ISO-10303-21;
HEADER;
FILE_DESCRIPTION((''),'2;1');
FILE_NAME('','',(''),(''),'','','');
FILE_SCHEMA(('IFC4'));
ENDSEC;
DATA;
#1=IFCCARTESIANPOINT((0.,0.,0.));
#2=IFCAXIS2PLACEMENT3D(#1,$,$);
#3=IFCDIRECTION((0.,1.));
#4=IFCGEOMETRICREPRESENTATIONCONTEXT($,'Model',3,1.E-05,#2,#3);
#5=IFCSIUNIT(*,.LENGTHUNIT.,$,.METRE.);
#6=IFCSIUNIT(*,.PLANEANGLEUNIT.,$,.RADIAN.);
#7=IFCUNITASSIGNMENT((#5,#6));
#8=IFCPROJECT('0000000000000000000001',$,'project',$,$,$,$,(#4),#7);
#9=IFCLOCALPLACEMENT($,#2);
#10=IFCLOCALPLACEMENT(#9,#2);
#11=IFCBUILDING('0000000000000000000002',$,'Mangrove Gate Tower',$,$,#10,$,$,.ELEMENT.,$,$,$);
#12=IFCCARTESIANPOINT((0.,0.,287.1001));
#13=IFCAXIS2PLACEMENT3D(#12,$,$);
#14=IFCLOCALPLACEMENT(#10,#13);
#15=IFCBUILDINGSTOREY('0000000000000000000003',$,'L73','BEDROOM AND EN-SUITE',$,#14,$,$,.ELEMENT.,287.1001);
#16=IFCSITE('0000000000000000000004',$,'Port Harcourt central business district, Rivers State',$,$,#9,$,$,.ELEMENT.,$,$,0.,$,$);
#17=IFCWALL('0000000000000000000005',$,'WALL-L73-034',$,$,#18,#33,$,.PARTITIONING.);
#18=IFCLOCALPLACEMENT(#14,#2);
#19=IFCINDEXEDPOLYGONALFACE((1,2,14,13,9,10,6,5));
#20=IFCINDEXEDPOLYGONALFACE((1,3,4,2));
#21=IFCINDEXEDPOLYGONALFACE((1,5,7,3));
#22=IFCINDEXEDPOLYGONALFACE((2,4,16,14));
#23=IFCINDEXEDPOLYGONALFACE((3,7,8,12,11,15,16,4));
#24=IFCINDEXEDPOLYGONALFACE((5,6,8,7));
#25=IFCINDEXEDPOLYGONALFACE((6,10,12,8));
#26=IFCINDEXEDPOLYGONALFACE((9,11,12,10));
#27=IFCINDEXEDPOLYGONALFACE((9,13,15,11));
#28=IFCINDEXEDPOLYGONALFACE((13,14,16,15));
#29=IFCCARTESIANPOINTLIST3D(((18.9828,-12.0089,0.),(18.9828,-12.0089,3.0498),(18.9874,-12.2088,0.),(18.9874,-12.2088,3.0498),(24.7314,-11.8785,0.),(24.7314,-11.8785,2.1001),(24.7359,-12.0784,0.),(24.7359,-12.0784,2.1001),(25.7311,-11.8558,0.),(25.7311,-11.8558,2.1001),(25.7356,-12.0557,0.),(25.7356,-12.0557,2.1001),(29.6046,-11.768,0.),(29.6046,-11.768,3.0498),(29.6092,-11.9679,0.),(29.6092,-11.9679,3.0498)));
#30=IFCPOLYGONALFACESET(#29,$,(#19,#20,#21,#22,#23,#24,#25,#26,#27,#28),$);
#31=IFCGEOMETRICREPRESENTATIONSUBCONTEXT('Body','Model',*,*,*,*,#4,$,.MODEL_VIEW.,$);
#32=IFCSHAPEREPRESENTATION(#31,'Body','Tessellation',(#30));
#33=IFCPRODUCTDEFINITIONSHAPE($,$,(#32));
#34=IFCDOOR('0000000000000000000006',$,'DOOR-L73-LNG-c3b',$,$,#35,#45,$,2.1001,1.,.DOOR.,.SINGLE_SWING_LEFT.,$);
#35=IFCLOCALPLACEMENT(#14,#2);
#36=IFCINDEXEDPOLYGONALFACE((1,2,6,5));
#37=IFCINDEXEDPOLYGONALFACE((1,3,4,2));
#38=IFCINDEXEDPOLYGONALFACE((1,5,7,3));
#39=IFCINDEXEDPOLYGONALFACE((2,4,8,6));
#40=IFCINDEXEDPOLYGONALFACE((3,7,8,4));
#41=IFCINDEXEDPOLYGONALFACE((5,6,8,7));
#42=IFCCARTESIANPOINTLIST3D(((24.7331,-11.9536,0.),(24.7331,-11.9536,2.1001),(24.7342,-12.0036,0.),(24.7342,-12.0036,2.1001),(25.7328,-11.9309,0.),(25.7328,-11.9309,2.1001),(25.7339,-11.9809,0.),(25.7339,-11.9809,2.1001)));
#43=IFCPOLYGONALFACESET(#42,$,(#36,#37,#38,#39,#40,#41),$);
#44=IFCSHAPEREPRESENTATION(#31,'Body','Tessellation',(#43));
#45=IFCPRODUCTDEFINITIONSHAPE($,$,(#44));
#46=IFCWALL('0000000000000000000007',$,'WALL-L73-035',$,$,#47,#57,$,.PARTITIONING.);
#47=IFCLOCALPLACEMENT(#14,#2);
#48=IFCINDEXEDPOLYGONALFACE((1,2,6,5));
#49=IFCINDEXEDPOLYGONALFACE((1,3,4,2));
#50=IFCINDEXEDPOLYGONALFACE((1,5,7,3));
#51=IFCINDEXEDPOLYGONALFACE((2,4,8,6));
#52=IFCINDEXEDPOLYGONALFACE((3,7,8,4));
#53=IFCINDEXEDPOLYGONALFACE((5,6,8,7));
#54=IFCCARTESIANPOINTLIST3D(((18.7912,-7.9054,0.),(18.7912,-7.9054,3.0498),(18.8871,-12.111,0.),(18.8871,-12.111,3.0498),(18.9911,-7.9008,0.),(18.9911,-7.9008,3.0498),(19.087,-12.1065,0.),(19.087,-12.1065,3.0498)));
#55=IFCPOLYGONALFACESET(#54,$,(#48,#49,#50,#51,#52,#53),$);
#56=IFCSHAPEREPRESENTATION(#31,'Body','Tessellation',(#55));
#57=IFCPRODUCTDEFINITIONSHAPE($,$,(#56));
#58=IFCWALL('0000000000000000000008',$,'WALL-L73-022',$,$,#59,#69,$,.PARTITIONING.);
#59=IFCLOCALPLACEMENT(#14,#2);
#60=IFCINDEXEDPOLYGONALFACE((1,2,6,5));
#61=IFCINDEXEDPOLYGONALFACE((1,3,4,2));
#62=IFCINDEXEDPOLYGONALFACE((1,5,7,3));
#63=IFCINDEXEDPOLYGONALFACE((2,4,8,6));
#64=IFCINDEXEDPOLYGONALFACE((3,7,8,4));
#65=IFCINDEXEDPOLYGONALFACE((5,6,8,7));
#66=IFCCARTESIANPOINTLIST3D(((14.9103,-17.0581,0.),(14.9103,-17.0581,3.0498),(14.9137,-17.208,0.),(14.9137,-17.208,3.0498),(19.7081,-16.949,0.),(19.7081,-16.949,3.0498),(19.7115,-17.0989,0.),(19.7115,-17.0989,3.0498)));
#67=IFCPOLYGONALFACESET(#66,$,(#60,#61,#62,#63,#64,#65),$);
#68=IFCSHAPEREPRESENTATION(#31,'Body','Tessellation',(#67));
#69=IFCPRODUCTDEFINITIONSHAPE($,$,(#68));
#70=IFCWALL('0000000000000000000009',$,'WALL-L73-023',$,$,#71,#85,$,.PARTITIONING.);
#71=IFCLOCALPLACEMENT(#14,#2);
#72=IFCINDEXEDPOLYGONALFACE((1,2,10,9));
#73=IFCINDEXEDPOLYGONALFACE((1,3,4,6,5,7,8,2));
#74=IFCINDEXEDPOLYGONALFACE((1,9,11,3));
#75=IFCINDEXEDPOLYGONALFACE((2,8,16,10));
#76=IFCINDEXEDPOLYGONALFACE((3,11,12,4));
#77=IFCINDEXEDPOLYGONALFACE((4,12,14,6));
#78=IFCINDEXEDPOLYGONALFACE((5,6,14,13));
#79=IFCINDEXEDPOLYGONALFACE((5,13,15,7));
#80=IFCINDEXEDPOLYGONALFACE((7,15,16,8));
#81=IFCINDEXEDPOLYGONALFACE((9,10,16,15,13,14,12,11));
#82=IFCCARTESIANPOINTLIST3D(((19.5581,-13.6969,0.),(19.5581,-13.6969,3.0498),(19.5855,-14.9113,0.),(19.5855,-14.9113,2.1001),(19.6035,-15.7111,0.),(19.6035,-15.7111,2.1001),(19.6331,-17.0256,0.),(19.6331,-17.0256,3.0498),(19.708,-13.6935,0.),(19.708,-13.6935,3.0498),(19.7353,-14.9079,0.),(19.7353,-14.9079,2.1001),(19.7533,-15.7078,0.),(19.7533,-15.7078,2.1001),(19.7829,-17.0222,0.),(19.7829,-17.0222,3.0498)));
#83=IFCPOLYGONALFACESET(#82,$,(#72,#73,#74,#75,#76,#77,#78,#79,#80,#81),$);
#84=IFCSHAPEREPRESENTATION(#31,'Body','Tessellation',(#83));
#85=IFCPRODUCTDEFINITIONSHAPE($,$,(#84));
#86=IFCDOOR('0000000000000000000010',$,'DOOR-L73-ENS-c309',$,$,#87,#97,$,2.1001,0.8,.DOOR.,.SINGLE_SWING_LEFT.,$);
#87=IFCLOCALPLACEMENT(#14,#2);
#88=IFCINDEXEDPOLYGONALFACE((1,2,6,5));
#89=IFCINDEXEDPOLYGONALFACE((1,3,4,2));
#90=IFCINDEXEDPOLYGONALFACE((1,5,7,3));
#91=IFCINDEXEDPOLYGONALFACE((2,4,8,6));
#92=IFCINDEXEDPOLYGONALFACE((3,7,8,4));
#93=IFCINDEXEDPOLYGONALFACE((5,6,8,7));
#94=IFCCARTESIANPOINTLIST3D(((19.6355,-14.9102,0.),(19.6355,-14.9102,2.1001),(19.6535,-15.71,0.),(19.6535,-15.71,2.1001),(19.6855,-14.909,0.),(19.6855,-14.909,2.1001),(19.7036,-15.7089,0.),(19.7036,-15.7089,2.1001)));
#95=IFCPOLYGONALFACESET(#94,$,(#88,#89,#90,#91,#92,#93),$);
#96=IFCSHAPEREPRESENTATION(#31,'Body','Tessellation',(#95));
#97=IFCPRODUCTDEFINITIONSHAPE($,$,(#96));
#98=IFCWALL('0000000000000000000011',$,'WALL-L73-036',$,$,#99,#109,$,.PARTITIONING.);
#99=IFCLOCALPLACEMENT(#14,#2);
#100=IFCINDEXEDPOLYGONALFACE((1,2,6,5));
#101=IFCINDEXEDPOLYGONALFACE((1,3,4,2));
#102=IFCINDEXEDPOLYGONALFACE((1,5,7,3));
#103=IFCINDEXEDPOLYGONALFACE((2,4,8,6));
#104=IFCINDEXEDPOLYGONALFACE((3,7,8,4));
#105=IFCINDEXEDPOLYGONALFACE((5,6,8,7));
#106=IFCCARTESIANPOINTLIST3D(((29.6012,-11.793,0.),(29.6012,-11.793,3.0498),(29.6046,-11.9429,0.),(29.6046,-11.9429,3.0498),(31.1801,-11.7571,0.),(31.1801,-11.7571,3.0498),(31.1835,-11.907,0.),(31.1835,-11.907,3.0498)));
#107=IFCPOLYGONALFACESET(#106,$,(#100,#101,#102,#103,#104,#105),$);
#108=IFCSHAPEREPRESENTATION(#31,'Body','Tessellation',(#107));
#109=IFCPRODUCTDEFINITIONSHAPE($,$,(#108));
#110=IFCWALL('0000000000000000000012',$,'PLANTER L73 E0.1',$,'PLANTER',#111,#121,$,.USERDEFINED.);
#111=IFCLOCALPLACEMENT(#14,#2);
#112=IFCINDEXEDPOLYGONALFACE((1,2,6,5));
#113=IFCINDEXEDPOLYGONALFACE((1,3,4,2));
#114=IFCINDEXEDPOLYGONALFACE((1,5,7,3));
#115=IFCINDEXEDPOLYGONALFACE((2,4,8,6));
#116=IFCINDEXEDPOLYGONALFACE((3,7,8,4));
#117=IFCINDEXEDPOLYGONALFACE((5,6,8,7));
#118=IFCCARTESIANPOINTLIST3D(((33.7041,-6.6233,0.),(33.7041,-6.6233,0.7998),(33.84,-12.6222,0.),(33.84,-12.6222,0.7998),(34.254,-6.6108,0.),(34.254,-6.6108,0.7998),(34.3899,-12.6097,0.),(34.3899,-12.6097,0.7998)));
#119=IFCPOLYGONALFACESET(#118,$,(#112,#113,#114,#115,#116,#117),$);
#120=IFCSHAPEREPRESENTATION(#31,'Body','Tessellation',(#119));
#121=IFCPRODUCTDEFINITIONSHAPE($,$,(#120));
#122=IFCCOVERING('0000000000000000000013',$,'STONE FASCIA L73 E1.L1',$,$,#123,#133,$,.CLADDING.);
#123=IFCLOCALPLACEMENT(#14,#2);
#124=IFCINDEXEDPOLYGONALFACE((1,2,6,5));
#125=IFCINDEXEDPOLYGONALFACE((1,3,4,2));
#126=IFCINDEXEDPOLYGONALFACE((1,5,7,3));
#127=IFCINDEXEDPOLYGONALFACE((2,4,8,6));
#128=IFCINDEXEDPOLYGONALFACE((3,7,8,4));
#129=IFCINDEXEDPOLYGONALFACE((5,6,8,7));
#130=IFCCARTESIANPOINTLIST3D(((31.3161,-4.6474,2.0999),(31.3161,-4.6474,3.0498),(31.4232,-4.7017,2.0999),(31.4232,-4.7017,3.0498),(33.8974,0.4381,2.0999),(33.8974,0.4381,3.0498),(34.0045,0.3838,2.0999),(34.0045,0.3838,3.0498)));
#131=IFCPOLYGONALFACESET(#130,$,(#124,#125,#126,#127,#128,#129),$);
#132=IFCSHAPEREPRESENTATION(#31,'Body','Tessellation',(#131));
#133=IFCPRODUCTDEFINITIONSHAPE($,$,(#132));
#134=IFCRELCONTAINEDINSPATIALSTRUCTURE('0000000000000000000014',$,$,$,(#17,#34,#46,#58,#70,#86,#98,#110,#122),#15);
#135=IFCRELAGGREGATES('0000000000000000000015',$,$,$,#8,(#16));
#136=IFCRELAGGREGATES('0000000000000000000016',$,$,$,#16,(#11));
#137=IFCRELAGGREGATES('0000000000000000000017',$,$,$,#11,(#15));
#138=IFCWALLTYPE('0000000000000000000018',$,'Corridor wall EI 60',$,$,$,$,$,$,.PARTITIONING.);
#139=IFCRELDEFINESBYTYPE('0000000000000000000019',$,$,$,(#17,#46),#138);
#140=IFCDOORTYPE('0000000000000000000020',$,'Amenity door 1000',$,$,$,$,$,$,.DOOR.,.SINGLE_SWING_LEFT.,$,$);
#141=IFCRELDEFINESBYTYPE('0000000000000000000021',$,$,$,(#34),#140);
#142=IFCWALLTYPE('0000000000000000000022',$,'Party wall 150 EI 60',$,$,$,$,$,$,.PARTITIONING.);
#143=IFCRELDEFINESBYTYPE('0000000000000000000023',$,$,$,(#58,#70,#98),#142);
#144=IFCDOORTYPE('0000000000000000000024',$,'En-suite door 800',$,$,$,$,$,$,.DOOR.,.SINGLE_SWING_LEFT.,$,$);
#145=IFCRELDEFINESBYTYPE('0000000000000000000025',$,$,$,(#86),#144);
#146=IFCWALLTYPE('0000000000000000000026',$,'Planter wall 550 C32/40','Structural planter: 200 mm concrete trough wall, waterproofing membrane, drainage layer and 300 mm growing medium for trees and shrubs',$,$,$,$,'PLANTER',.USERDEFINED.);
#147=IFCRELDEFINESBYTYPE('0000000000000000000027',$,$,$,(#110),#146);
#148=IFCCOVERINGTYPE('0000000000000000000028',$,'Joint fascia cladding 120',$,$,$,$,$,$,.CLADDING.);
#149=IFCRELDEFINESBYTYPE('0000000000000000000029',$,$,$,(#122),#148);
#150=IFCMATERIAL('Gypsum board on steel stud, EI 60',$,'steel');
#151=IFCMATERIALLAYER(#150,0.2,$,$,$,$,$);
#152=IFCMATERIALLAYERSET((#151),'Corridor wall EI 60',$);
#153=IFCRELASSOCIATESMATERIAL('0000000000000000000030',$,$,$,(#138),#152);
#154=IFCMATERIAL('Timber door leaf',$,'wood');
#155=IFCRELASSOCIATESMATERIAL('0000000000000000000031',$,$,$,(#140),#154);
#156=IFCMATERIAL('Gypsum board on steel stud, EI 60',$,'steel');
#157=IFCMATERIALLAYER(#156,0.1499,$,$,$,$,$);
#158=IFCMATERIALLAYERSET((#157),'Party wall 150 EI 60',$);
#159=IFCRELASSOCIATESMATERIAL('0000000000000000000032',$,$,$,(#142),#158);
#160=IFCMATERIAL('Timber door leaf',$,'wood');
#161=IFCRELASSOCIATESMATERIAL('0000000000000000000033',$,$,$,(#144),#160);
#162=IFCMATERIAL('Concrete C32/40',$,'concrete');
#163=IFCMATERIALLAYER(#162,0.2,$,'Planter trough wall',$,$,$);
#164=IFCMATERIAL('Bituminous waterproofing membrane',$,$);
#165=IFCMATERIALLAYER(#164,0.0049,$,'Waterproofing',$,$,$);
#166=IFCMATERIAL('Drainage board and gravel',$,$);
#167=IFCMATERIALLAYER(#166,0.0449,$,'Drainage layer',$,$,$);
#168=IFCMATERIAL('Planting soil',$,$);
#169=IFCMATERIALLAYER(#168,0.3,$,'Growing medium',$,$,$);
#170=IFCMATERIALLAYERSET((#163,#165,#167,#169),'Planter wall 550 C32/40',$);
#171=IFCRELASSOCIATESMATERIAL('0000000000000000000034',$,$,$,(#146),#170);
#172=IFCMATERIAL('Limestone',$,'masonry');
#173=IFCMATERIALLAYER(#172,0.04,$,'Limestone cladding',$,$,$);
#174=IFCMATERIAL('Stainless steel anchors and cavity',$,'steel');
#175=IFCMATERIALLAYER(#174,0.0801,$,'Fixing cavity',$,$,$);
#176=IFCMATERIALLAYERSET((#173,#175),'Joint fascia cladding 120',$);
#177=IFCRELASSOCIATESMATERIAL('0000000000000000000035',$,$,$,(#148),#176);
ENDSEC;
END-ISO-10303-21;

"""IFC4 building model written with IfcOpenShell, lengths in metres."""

from ifc_helpers import new_model, si_unit, direction, frame, frame_2d, origin, place, context, subcontext, project, spatial, rectangle, extrude, material, layer, layer_set, type_object, element, fill, save


model = new_model("IFC4")

# Units and contexts
model_context = context("Model", 3, precision=1e-05, world=origin(), true_north=direction((0.0, 1.0)))
body_context = subcontext(model_context, "Body", "Model", "MODEL_VIEW")
ifc_project = project(units=[si_unit("LENGTHUNIT", "METRE"), si_unit("PLANEANGLEUNIT", "RADIAN")], contexts=[model_context])

# Site, building, storey
site_placement = place(None, origin())
site = spatial("IfcSite", under=ifc_project, at=site_placement, Name="Port Harcourt central business district, Rivers State", CompositionType="ELEMENT", RefElevation=0.0)
building_placement = place(site_placement, origin())
building = spatial("IfcBuilding", under=site, at=building_placement, Name="Mangrove Gate Tower", CompositionType="ELEMENT")
storey_placement = place(building_placement, frame((0.0, 0.0, 287.1001)))
storey = spatial("IfcBuildingStorey", under=building, at=storey_placement, Name="L73", Description="BEDROOM AND EN-SUITE", CompositionType="ELEMENT", Elevation=287.1001)

# Shared definitions
ifc_material_1 = material(Name="Gypsum board on steel stud, EI 60", Category="steel")
ifc_layer_1 = layer(ifc_material_1, 0.2)
ifc_layer_set_1 = layer_set([ifc_layer_1], Name="Corridor wall EI 60")
wall_type_1 = type_object("IfcWallType", Name="Corridor wall EI 60", PredefinedType="PARTITIONING", material=ifc_layer_set_1)

# Wall, opening, door
wall_1_placement = place(storey_placement, frame((18.9851, -12.1089, 0.0), z_axis=(0.0, 0.0, 1.0), x_axis=(0.999743, 0.02268, 0.0)))
wall_1 = element("IfcWall", 1, at=wall_1_placement, inside=storey, type_object=wall_type_1, Name="WALL-L73-034", PredefinedType="PARTITIONING", context=body_context, shape_type="SweptSolid", body=[
    extrude(rectangle(XDim=10.6245, YDim=0.2, at=frame_2d((5.3123, 0.0))), origin(), (0.0, 0.0, 1.0), 3.0498),
])
opening_1_placement = place(wall_1_placement, frame((5.75, 0.0, 0.0)))
opening_1 = element("IfcOpeningElement", 2, at=opening_1_placement, cuts=wall_1, PredefinedType="OPENING", context=body_context, shape_type="SweptSolid", body=[
    extrude(rectangle(XDim=1.0, YDim=2.1001, at=frame_2d((0.5, 1.05))), frame((0.0, 0.1099, 0.0), z_axis=(0.0, -1.0, 0.0), x_axis=(1.0, 0.0, 0.0)), (0.0, 0.0, 1.0), 0.22),
])
ifc_material_2 = material(Name="Timber door leaf", Category="wood")
door_type_1 = type_object("IfcDoorType", Name="Amenity door 1000", OperationType="SINGLE_SWING_LEFT", PredefinedType="DOOR", material=ifc_material_2)
door_1_placement = place(opening_1_placement, origin())
door_1 = element("IfcDoor", 3, at=door_1_placement, inside=storey, type_object=door_type_1, Name="DOOR-L73-LNG-c3b", OperationType="SINGLE_SWING_LEFT", OverallHeight=2.1001, OverallWidth=1.0, PredefinedType="DOOR", context=body_context, shape_type="SweptSolid", body=[
    extrude(rectangle(XDim=1.0, YDim=2.1001, at=frame_2d((0.5, 1.05))), frame((0.0, 0.0249, 0.0), z_axis=(0.0, -1.0, 0.0), x_axis=(1.0, 0.0, 0.0)), (0.0, 0.0, 1.0), 0.05),
])
fill(opening_1, door_1)

# Walls
wall_2_placement = place(storey_placement, frame((18.9871, -12.1089, 0.0), z_axis=(0.0, 0.0, 1.0), x_axis=(-0.022807, 0.99974, 0.0)))
element("IfcWall", 4, at=wall_2_placement, inside=storey, type_object=wall_type_1, Name="WALL-L73-035", PredefinedType="PARTITIONING", context=body_context, shape_type="SweptSolid", body=[
    extrude(rectangle(XDim=4.2068, YDim=0.2, at=frame_2d((2.1035, 0.0))), origin(), (0.0, 0.0, 1.0), 3.0498),
])
ifc_material_3 = material(Name="Gypsum board on steel stud, EI 60", Category="steel")
ifc_layer_2 = layer(ifc_material_3, 0.1499)
ifc_layer_set_2 = layer_set([ifc_layer_2], Name="Party wall 150 EI 60")
wall_type_2 = type_object("IfcWallType", Name="Party wall 150 EI 60", PredefinedType="PARTITIONING", material=ifc_layer_set_2)
wall_3_placement = place(storey_placement, frame((14.9121, -17.1331, 0.0), z_axis=(0.0, 0.0, 1.0), x_axis=(0.999741, 0.02274, 0.0)))
element("IfcWall", 5, at=wall_3_placement, inside=storey, type_object=wall_type_2, Name="WALL-L73-022", PredefinedType="PARTITIONING", context=body_context, shape_type="SweptSolid", body=[
    extrude(rectangle(XDim=4.7991, YDim=0.1499, at=frame_2d((2.3994, 0.0))), origin(), (0.0, 0.0, 1.0), 3.0498),
])

# Wall, opening, door
wall_4_placement = place(storey_placement, frame((19.708, -17.0239, 0.0), z_axis=(0.0, 0.0, 1.0), x_axis=(-0.02251, 0.999747, 0.0)))
wall_4 = element("IfcWall", 6, at=wall_4_placement, inside=storey, type_object=wall_type_2, Name="WALL-L73-023", PredefinedType="PARTITIONING", context=body_context, shape_type="SweptSolid", body=[
    extrude(rectangle(XDim=3.3296, YDim=0.1499, at=frame_2d((1.6648, 0.0))), origin(), (0.0, 0.0, 1.0), 3.0498),
])
opening_2_placement = place(wall_4_placement, frame((1.3149, 0.0, 0.0)))
opening_2 = element("IfcOpeningElement", 7, at=opening_2_placement, cuts=wall_4, PredefinedType="OPENING", context=body_context, shape_type="SweptSolid", body=[
    extrude(rectangle(XDim=0.8, YDim=2.1001, at=frame_2d((0.3999, 1.05))), frame((0.0, 0.085, 0.0), z_axis=(0.0, -1.0, 0.0), x_axis=(1.0, 0.0, 0.0)), (0.0, 0.0, 1.0), 0.1699),
])
ifc_material_4 = material(Name="Timber door leaf", Category="wood")
door_type_2 = type_object("IfcDoorType", Name="En-suite door 800", OperationType="SINGLE_SWING_LEFT", PredefinedType="DOOR", material=ifc_material_4)
door_2_placement = place(opening_2_placement, origin())
door_2 = element("IfcDoor", 8, at=door_2_placement, inside=storey, type_object=door_type_2, Name="DOOR-L73-ENS-c309", OperationType="SINGLE_SWING_LEFT", OverallHeight=2.1001, OverallWidth=0.8, PredefinedType="DOOR", context=body_context, shape_type="SweptSolid", body=[
    extrude(rectangle(XDim=0.8, YDim=2.1001, at=frame_2d((0.3999, 1.05))), frame((0.0, 0.0249, 0.0), z_axis=(0.0, -1.0, 0.0), x_axis=(1.0, 0.0, 0.0)), (0.0, 0.0, 1.0), 0.05),
])
fill(opening_2, door_2)

# Walls
wall_5_placement = place(storey_placement, frame((29.603, -11.8679, 0.0), z_axis=(0.0, 0.0, 1.0), x_axis=(0.999742, 0.022725, 0.0)))
element("IfcWall", 9, at=wall_5_placement, inside=storey, type_object=wall_type_2, Name="WALL-L73-036", PredefinedType="PARTITIONING", context=body_context, shape_type="SweptSolid", body=[
    extrude(rectangle(XDim=1.5793, YDim=0.1499, at=frame_2d((0.7896, 0.0))), origin(), (0.0, 0.0, 1.0), 3.0498),
])
ifc_material_5 = material(Name="Concrete C32/40", Category="concrete")
ifc_layer_3 = layer(ifc_material_5, 0.2, Name="Planter trough wall")
ifc_material_6 = material(Name="Bituminous waterproofing membrane")
ifc_layer_4 = layer(ifc_material_6, 0.0049, Name="Waterproofing")
ifc_material_7 = material(Name="Drainage board and gravel")
ifc_layer_5 = layer(ifc_material_7, 0.0449, Name="Drainage layer")
ifc_material_8 = material(Name="Planting soil")
ifc_layer_6 = layer(ifc_material_8, 0.3, Name="Growing medium")
ifc_layer_set_3 = layer_set([ifc_layer_3, ifc_layer_4, ifc_layer_5, ifc_layer_6], Name="Planter wall 550 C32/40")
wall_type_3 = type_object("IfcWallType", Name="Planter wall 550 C32/40", Description="Structural planter: 200 mm concrete trough wall, waterproofing membrane, drainage layer and 300 mm growing medium for trees and shrubs", ElementType="PLANTER", PredefinedType="USERDEFINED", material=ifc_layer_set_3)
wall_6_placement = place(storey_placement, frame((34.115, -12.616, 0.0), z_axis=(0.0, 0.0, 1.0), x_axis=(-0.022662, 0.999743, 0.0)))
element("IfcWall", 10, at=wall_6_placement, inside=storey, type_object=wall_type_3, Name="PLANTER L73 E0.1", ObjectType="PLANTER", PredefinedType="USERDEFINED", context=body_context, shape_type="SweptSolid", body=[
    extrude(rectangle(XDim=6.0005, YDim=0.55, at=frame_2d((3.0002, 0.0))), origin(), (0.0, 0.0, 1.0), 0.7998),
])

# Covering
ifc_material_9 = material(Name="Limestone", Category="masonry")
ifc_layer_7 = layer(ifc_material_9, 0.04, Name="Limestone cladding")
ifc_material_10 = material(Name="Stainless steel anchors and cavity", Category="steel")
ifc_layer_8 = layer(ifc_material_10, 0.0801, Name="Fixing cavity")
ifc_layer_set_4 = layer_set([ifc_layer_7, ifc_layer_8], Name="Joint fascia cladding 120")
covering_type = type_object("IfcCoveringType", Name="Joint fascia cladding 120", PredefinedType="CLADDING", material=ifc_layer_set_4)
covering_placement = place(storey_placement, frame((31.3696, -4.6746, 2.0999), z_axis=(0.0, 0.0, 1.0), x_axis=(0.452616, 0.891705, 0.0)))
element("IfcCovering", 11, at=covering_placement, inside=storey, type_object=covering_type, Name="STONE FASCIA L73 E1.L1", PredefinedType="CLADDING", context=body_context, shape_type="SweptSolid", body=[
    extrude(rectangle(XDim=5.7031, YDim=0.1201, at=frame_2d((2.8516, 0.0))), origin(), (0.0, 0.0, 1.0), 0.95),
])

save(model, "model.ifc")
